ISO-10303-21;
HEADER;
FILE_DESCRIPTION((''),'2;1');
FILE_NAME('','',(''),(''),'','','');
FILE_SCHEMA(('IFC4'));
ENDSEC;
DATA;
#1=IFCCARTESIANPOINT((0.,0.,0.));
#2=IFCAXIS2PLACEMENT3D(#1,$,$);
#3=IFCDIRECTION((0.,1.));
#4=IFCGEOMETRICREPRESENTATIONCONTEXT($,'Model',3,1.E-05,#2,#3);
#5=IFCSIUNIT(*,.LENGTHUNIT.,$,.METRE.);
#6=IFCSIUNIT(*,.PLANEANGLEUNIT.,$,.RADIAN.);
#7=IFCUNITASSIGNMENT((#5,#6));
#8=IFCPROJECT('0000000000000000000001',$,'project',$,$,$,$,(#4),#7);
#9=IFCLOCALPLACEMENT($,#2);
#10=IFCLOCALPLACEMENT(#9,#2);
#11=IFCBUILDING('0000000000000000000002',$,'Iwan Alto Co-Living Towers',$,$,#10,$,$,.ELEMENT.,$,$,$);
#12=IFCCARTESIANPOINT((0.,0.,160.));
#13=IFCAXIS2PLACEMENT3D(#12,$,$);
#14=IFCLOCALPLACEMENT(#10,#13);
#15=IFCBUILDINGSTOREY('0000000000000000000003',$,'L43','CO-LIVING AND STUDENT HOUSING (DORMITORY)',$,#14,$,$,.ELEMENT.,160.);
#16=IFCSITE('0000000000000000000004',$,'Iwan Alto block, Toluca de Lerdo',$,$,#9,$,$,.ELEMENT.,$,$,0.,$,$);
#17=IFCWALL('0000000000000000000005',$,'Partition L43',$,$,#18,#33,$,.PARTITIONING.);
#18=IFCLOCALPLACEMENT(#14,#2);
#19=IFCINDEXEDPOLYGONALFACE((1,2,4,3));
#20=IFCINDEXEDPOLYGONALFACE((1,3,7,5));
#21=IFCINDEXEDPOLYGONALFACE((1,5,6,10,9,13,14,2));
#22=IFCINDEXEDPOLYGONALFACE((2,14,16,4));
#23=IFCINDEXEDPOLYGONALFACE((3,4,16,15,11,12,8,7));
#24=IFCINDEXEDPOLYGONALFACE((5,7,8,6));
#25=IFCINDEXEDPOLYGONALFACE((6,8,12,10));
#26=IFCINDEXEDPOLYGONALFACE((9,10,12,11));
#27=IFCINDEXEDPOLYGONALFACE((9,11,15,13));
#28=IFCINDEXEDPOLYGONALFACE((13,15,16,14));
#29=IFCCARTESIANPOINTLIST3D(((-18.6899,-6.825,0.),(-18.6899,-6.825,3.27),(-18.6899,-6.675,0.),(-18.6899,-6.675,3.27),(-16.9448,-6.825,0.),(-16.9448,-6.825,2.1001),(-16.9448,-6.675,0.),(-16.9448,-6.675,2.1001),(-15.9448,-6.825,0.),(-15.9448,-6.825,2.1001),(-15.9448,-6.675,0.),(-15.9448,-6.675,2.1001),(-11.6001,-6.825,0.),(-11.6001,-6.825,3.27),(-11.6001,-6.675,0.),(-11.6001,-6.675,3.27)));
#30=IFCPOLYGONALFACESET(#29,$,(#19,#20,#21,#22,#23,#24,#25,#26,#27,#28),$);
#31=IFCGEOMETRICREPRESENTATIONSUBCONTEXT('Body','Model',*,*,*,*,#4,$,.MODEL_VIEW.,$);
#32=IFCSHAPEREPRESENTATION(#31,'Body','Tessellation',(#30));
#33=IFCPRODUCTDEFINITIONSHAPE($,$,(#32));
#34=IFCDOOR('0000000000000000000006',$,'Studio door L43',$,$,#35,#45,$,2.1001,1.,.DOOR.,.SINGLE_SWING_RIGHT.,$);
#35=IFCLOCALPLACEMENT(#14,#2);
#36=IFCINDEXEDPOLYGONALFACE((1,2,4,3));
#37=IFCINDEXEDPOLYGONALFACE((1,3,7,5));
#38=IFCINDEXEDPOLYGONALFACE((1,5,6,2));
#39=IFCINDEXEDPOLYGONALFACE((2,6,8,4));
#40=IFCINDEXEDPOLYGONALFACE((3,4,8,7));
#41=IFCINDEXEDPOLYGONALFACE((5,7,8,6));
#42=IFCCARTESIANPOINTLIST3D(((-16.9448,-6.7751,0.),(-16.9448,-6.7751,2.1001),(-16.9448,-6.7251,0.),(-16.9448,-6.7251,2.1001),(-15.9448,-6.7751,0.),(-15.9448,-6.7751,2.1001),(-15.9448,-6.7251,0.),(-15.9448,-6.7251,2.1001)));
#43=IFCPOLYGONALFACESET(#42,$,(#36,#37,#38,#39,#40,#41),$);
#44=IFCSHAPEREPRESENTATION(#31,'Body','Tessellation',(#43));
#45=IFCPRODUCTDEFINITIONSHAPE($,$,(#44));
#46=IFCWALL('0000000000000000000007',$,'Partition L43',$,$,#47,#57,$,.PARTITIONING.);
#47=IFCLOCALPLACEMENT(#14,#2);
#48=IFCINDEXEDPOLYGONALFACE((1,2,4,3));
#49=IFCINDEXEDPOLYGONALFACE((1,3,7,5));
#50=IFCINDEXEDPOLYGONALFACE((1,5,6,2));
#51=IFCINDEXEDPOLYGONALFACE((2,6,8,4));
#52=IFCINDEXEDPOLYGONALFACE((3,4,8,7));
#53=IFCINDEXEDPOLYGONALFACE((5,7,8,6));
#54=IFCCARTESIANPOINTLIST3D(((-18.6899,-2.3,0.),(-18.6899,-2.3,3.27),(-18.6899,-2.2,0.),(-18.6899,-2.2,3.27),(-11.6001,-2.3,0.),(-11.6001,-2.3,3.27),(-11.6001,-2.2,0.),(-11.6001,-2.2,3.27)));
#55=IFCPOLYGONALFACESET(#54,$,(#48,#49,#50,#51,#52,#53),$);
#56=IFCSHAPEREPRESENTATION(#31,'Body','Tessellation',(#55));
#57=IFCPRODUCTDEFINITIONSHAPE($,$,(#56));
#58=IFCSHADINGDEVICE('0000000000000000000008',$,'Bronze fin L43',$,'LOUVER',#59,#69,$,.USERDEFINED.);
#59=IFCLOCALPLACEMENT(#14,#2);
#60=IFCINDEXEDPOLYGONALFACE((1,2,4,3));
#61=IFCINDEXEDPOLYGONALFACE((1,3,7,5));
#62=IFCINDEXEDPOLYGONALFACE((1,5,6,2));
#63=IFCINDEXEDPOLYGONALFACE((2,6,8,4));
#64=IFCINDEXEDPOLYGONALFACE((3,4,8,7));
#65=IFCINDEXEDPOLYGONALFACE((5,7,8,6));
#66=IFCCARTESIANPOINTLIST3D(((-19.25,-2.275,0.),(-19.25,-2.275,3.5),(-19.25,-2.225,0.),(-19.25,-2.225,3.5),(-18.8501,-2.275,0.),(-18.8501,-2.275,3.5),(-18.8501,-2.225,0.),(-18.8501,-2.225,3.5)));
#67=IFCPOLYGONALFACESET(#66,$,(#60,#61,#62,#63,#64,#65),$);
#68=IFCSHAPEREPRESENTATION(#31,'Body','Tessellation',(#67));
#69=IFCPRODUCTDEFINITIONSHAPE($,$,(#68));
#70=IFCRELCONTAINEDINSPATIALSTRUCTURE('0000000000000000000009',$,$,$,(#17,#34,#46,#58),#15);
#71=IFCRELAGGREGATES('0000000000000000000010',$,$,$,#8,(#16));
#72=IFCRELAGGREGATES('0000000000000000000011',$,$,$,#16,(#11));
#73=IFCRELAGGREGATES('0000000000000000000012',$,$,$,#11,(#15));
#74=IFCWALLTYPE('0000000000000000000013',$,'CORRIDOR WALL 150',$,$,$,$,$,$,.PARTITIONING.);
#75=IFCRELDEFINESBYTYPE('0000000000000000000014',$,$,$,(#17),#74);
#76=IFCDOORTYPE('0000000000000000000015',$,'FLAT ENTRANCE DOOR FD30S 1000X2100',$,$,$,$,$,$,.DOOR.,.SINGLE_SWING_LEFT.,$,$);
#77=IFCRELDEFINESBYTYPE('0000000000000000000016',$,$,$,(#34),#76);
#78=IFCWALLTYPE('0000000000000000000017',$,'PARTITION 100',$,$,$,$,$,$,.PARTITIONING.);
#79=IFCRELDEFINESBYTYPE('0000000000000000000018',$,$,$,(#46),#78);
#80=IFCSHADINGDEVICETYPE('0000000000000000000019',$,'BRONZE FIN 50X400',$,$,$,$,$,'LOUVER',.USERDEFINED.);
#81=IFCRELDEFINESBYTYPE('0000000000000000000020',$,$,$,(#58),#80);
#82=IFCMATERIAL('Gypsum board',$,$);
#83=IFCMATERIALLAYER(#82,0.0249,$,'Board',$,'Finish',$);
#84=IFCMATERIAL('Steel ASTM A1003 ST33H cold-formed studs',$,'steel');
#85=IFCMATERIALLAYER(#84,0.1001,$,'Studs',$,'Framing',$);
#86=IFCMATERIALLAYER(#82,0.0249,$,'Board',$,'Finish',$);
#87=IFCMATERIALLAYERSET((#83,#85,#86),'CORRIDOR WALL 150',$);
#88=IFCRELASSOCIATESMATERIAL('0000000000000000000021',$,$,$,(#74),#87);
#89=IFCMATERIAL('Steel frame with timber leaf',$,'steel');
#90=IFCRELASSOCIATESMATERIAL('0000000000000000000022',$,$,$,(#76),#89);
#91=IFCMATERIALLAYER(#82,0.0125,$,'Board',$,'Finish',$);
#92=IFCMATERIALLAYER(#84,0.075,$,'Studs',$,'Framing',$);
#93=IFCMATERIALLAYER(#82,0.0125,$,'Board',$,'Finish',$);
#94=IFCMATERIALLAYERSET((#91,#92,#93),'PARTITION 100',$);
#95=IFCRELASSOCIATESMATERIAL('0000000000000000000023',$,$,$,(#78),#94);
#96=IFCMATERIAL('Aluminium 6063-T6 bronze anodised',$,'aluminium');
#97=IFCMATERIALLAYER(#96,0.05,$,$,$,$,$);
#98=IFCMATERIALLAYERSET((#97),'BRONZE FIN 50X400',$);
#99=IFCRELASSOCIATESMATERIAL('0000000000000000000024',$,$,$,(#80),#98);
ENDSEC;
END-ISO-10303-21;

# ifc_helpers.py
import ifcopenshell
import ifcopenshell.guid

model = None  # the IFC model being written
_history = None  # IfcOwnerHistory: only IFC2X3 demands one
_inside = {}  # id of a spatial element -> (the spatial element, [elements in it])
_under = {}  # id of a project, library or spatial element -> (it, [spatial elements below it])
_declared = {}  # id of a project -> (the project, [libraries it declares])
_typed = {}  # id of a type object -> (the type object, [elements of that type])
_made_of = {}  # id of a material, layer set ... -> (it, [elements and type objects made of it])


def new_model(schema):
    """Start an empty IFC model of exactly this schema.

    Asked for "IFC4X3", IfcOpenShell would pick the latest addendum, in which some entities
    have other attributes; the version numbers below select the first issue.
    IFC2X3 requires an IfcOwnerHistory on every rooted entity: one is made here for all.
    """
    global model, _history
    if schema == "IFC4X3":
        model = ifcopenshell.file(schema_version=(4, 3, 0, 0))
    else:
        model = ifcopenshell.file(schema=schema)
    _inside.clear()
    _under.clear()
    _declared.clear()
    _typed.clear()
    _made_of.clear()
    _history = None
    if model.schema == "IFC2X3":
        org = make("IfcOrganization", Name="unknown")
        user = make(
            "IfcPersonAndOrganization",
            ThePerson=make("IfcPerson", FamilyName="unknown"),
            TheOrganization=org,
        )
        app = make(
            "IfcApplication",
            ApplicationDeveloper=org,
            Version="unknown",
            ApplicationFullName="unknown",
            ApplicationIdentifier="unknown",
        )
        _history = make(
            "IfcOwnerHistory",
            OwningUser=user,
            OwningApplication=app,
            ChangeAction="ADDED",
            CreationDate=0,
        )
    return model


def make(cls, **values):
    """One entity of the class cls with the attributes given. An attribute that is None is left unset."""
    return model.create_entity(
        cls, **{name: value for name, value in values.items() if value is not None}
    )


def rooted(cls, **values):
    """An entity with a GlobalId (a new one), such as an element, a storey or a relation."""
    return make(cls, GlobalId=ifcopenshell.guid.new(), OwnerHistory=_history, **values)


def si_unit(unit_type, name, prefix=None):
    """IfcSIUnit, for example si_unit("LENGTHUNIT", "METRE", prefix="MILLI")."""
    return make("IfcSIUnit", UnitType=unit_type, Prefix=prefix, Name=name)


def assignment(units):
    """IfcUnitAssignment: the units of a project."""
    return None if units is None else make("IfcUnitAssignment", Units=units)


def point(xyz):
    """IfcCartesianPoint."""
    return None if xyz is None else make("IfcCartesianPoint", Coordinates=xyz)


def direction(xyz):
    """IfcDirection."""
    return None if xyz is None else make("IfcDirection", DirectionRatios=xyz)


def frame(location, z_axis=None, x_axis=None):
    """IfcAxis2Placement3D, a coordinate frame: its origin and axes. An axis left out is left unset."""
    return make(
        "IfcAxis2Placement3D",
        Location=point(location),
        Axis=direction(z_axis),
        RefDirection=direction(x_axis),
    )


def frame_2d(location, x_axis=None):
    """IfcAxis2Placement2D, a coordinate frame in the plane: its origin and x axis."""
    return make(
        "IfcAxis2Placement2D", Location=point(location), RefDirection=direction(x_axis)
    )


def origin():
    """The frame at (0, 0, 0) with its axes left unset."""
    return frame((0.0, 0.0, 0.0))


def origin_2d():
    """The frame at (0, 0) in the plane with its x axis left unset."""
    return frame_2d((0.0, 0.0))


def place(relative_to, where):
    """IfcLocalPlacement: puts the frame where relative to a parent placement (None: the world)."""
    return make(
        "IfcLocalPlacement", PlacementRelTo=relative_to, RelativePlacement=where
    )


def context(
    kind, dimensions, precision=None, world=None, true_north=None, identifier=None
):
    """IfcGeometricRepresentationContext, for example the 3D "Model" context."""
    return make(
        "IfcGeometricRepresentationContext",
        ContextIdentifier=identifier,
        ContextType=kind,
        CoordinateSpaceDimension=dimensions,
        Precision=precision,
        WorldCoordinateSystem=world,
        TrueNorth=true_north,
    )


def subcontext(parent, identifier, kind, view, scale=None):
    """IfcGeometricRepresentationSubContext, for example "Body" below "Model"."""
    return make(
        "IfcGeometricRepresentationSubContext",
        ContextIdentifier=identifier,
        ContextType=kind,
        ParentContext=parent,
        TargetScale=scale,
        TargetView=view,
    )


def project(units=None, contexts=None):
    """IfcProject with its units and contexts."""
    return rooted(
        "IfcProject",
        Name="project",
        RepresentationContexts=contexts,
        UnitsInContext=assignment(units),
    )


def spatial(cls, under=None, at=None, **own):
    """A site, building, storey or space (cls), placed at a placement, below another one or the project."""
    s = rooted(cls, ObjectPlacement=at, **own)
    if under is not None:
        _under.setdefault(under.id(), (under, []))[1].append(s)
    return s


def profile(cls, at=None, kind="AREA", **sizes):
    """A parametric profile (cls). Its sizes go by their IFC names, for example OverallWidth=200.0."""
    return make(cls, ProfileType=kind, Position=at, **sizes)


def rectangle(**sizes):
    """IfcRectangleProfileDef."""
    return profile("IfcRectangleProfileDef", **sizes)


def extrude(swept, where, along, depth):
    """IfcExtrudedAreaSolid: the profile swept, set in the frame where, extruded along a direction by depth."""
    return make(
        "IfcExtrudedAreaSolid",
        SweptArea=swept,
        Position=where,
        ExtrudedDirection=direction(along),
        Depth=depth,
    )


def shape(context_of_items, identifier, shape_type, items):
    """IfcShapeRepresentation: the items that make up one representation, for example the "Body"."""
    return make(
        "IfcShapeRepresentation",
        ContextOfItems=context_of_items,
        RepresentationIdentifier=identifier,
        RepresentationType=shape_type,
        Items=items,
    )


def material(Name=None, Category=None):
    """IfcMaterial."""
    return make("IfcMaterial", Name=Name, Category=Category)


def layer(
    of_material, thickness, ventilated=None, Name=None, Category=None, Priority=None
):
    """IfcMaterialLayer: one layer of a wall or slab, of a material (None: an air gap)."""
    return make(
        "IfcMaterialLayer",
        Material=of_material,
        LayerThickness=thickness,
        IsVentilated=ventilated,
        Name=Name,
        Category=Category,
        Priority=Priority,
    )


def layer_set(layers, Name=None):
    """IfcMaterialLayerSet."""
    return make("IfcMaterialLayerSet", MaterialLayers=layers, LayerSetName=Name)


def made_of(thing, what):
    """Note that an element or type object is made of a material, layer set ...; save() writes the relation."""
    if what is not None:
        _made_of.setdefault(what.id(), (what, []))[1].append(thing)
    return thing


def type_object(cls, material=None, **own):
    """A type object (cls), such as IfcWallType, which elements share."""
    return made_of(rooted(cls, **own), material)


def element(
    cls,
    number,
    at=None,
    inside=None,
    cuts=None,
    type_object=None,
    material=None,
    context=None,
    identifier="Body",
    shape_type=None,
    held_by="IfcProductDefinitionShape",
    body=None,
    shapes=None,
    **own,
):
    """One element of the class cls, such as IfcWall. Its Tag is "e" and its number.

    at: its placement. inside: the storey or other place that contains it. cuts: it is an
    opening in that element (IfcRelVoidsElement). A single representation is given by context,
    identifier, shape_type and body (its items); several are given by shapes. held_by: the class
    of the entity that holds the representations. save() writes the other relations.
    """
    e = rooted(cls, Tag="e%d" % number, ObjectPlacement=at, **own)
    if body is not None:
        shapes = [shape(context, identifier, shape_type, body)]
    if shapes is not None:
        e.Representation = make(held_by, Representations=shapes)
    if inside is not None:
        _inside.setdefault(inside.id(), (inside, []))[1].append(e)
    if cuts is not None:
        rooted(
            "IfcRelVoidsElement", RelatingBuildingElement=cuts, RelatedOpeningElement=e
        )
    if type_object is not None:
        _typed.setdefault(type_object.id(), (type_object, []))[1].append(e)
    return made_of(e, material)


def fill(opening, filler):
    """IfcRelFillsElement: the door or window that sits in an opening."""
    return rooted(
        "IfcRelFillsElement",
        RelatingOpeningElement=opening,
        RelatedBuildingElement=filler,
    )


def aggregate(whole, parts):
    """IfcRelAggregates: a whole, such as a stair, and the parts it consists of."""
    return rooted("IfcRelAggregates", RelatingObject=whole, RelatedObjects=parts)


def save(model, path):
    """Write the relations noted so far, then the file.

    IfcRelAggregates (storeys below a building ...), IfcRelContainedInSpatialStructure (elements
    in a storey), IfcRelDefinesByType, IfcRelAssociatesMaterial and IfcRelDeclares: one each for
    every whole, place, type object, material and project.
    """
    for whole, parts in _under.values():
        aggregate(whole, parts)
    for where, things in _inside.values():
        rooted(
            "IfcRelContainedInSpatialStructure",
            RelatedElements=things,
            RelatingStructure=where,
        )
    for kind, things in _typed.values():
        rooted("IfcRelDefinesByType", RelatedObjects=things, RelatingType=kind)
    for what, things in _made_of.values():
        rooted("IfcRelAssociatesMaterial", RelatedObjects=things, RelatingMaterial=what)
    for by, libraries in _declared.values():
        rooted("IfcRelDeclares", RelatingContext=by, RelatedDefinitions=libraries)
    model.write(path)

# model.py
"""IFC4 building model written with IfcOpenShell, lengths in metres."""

from ifc_helpers import new_model, si_unit, direction, frame, frame_2d, origin, origin_2d, place, context, subcontext, project, spatial, rectangle, extrude, material, layer, layer_set, type_object, element, fill, save


model = new_model("IFC4")

# Units and contexts
model_context = context("Model", 3, precision=1e-05, world=origin(), true_north=direction((0.0, 1.0)))
body_context = subcontext(model_context, "Body", "Model", "MODEL_VIEW")
ifc_project = project(units=[si_unit("LENGTHUNIT", "METRE"), si_unit("PLANEANGLEUNIT", "RADIAN")], contexts=[model_context])

# Site, building, storey
site_placement = place(None, origin())
site = spatial("IfcSite", under=ifc_project, at=site_placement, Name="Iwan Alto block, Toluca de Lerdo", CompositionType="ELEMENT", RefElevation=0.0)
building_placement = place(site_placement, origin())
building = spatial("IfcBuilding", under=site, at=building_placement, Name="Iwan Alto Co-Living Towers", CompositionType="ELEMENT")
storey_placement = place(building_placement, frame((0.0, 0.0, 160.0)))
storey = spatial("IfcBuildingStorey", under=building, at=storey_placement, Name="L43", Description="CO-LIVING AND STUDENT HOUSING (DORMITORY)", CompositionType="ELEMENT", Elevation=160.0)

# Wall, opening, door
ifc_material_1 = material(Name="Gypsum board")
ifc_layer_1 = layer(ifc_material_1, 0.0249, Name="Board", Category="Finish")
ifc_material_2 = material(Name="Steel ASTM A1003 ST33H cold-formed studs", Category="steel")
ifc_layer_2 = layer(ifc_material_2, 0.1001, Name="Studs", Category="Framing")
ifc_layer_3 = layer(ifc_material_1, 0.0249, Name="Board", Category="Finish")
ifc_layer_set_1 = layer_set([ifc_layer_1, ifc_layer_2, ifc_layer_3], Name="CORRIDOR WALL 150")
wall_type_1 = type_object("IfcWallType", Name="CORRIDOR WALL 150", PredefinedType="PARTITIONING", material=ifc_layer_set_1)
wall_1_placement = place(storey_placement, frame((-18.6899, -6.75, 0.0), z_axis=(0.0, 0.0, 1.0), x_axis=(1.0, 0.0, 0.0)))
wall_1 = element("IfcWall", 1, at=wall_1_placement, inside=storey, type_object=wall_type_1, Name="Partition L43", PredefinedType="PARTITIONING", context=body_context, shape_type="SweptSolid", body=[
    extrude(rectangle(XDim=7.0898, YDim=0.1499, at=frame_2d((3.5449, 0.0))), origin(), (0.0, 0.0, 1.0), 3.27),
])
opening_1_placement = place(wall_1_placement, frame((1.7451, 0.0, 0.0)))
opening_1 = element("IfcOpeningElement", 2, at=opening_1_placement, cuts=wall_1, PredefinedType="OPENING", context=body_context, shape_type="SweptSolid", body=[
    extrude(rectangle(XDim=1.0, YDim=2.1001, at=frame_2d((0.5, 1.05))), frame((0.0, 0.085, 0.0), z_axis=(0.0, -1.0, 0.0), x_axis=(1.0, 0.0, 0.0)), (0.0, 0.0, 1.0), 0.1699),
])
ifc_material_3 = material(Name="Steel frame with timber leaf", Category="steel")
door_type_1 = type_object("IfcDoorType", Name="FLAT ENTRANCE DOOR FD30S 1000X2100", OperationType="SINGLE_SWING_LEFT", PredefinedType="DOOR", material=ifc_material_3)
door_1_placement = place(opening_1_placement, origin())
door_1 = element("IfcDoor", 3, at=door_1_placement, inside=storey, type_object=door_type_1, Name="Studio door L43", OperationType="SINGLE_SWING_RIGHT", OverallHeight=2.1001, OverallWidth=1.0, PredefinedType="DOOR", context=body_context, shape_type="SweptSolid", body=[
    extrude(rectangle(XDim=1.0, YDim=2.1001, at=frame_2d((0.5, 1.05))), frame((0.0, 0.0249, 0.0), z_axis=(0.0, -1.0, 0.0), x_axis=(1.0, 0.0, 0.0)), (0.0, 0.0, 1.0), 0.05),
])
fill(opening_1, door_1)

# Wall
ifc_layer_4 = layer(ifc_material_1, 0.0125, Name="Board", Category="Finish")
ifc_layer_5 = layer(ifc_material_2, 0.075, Name="Studs", Category="Framing")
ifc_layer_6 = layer(ifc_material_1, 0.0125, Name="Board", Category="Finish")
ifc_layer_set_2 = layer_set([ifc_layer_4, ifc_layer_5, ifc_layer_6], Name="PARTITION 100")
wall_type_2 = type_object("IfcWallType", Name="PARTITION 100", PredefinedType="PARTITIONING", material=ifc_layer_set_2)
wall_2_placement = place(storey_placement, frame((-18.6899, -2.25, 0.0), z_axis=(0.0, 0.0, 1.0), x_axis=(1.0, 0.0, 0.0)))
element("IfcWall", 4, at=wall_2_placement, inside=storey, type_object=wall_type_2, Name="Partition L43", PredefinedType="PARTITIONING", context=body_context, shape_type="SweptSolid", body=[
    extrude(rectangle(XDim=7.0898, YDim=0.1001, at=frame_2d((3.5449, 0.0))), origin(), (0.0, 0.0, 1.0), 3.27),
])

# Shading device
ifc_material_4 = material(Name="Aluminium 6063-T6 bronze anodised", Category="aluminium")
ifc_layer_7 = layer(ifc_material_4, 0.05)
ifc_layer_set_3 = layer_set([ifc_layer_7], Name="BRONZE FIN 50X400")
shading_device_type = type_object("IfcShadingDeviceType", Name="BRONZE FIN 50X400", ElementType="LOUVER", PredefinedType="USERDEFINED", material=ifc_layer_set_3)
shading_device_placement = place(storey_placement, frame((-19.05, -2.25, 0.0), z_axis=(0.0, 0.0, 1.0), x_axis=(0.0, -1.0, 0.0)))
element("IfcShadingDevice", 5, at=shading_device_placement, inside=storey, type_object=shading_device_type, Name="Bronze fin L43", ObjectType="LOUVER", PredefinedType="USERDEFINED", context=body_context, shape_type="SweptSolid", body=[
    extrude(rectangle(XDim=0.05, YDim=0.3999, at=origin_2d()), origin(), (0.0, 0.0, 1.0), 3.5),
])

save(model, "model.ifc")
